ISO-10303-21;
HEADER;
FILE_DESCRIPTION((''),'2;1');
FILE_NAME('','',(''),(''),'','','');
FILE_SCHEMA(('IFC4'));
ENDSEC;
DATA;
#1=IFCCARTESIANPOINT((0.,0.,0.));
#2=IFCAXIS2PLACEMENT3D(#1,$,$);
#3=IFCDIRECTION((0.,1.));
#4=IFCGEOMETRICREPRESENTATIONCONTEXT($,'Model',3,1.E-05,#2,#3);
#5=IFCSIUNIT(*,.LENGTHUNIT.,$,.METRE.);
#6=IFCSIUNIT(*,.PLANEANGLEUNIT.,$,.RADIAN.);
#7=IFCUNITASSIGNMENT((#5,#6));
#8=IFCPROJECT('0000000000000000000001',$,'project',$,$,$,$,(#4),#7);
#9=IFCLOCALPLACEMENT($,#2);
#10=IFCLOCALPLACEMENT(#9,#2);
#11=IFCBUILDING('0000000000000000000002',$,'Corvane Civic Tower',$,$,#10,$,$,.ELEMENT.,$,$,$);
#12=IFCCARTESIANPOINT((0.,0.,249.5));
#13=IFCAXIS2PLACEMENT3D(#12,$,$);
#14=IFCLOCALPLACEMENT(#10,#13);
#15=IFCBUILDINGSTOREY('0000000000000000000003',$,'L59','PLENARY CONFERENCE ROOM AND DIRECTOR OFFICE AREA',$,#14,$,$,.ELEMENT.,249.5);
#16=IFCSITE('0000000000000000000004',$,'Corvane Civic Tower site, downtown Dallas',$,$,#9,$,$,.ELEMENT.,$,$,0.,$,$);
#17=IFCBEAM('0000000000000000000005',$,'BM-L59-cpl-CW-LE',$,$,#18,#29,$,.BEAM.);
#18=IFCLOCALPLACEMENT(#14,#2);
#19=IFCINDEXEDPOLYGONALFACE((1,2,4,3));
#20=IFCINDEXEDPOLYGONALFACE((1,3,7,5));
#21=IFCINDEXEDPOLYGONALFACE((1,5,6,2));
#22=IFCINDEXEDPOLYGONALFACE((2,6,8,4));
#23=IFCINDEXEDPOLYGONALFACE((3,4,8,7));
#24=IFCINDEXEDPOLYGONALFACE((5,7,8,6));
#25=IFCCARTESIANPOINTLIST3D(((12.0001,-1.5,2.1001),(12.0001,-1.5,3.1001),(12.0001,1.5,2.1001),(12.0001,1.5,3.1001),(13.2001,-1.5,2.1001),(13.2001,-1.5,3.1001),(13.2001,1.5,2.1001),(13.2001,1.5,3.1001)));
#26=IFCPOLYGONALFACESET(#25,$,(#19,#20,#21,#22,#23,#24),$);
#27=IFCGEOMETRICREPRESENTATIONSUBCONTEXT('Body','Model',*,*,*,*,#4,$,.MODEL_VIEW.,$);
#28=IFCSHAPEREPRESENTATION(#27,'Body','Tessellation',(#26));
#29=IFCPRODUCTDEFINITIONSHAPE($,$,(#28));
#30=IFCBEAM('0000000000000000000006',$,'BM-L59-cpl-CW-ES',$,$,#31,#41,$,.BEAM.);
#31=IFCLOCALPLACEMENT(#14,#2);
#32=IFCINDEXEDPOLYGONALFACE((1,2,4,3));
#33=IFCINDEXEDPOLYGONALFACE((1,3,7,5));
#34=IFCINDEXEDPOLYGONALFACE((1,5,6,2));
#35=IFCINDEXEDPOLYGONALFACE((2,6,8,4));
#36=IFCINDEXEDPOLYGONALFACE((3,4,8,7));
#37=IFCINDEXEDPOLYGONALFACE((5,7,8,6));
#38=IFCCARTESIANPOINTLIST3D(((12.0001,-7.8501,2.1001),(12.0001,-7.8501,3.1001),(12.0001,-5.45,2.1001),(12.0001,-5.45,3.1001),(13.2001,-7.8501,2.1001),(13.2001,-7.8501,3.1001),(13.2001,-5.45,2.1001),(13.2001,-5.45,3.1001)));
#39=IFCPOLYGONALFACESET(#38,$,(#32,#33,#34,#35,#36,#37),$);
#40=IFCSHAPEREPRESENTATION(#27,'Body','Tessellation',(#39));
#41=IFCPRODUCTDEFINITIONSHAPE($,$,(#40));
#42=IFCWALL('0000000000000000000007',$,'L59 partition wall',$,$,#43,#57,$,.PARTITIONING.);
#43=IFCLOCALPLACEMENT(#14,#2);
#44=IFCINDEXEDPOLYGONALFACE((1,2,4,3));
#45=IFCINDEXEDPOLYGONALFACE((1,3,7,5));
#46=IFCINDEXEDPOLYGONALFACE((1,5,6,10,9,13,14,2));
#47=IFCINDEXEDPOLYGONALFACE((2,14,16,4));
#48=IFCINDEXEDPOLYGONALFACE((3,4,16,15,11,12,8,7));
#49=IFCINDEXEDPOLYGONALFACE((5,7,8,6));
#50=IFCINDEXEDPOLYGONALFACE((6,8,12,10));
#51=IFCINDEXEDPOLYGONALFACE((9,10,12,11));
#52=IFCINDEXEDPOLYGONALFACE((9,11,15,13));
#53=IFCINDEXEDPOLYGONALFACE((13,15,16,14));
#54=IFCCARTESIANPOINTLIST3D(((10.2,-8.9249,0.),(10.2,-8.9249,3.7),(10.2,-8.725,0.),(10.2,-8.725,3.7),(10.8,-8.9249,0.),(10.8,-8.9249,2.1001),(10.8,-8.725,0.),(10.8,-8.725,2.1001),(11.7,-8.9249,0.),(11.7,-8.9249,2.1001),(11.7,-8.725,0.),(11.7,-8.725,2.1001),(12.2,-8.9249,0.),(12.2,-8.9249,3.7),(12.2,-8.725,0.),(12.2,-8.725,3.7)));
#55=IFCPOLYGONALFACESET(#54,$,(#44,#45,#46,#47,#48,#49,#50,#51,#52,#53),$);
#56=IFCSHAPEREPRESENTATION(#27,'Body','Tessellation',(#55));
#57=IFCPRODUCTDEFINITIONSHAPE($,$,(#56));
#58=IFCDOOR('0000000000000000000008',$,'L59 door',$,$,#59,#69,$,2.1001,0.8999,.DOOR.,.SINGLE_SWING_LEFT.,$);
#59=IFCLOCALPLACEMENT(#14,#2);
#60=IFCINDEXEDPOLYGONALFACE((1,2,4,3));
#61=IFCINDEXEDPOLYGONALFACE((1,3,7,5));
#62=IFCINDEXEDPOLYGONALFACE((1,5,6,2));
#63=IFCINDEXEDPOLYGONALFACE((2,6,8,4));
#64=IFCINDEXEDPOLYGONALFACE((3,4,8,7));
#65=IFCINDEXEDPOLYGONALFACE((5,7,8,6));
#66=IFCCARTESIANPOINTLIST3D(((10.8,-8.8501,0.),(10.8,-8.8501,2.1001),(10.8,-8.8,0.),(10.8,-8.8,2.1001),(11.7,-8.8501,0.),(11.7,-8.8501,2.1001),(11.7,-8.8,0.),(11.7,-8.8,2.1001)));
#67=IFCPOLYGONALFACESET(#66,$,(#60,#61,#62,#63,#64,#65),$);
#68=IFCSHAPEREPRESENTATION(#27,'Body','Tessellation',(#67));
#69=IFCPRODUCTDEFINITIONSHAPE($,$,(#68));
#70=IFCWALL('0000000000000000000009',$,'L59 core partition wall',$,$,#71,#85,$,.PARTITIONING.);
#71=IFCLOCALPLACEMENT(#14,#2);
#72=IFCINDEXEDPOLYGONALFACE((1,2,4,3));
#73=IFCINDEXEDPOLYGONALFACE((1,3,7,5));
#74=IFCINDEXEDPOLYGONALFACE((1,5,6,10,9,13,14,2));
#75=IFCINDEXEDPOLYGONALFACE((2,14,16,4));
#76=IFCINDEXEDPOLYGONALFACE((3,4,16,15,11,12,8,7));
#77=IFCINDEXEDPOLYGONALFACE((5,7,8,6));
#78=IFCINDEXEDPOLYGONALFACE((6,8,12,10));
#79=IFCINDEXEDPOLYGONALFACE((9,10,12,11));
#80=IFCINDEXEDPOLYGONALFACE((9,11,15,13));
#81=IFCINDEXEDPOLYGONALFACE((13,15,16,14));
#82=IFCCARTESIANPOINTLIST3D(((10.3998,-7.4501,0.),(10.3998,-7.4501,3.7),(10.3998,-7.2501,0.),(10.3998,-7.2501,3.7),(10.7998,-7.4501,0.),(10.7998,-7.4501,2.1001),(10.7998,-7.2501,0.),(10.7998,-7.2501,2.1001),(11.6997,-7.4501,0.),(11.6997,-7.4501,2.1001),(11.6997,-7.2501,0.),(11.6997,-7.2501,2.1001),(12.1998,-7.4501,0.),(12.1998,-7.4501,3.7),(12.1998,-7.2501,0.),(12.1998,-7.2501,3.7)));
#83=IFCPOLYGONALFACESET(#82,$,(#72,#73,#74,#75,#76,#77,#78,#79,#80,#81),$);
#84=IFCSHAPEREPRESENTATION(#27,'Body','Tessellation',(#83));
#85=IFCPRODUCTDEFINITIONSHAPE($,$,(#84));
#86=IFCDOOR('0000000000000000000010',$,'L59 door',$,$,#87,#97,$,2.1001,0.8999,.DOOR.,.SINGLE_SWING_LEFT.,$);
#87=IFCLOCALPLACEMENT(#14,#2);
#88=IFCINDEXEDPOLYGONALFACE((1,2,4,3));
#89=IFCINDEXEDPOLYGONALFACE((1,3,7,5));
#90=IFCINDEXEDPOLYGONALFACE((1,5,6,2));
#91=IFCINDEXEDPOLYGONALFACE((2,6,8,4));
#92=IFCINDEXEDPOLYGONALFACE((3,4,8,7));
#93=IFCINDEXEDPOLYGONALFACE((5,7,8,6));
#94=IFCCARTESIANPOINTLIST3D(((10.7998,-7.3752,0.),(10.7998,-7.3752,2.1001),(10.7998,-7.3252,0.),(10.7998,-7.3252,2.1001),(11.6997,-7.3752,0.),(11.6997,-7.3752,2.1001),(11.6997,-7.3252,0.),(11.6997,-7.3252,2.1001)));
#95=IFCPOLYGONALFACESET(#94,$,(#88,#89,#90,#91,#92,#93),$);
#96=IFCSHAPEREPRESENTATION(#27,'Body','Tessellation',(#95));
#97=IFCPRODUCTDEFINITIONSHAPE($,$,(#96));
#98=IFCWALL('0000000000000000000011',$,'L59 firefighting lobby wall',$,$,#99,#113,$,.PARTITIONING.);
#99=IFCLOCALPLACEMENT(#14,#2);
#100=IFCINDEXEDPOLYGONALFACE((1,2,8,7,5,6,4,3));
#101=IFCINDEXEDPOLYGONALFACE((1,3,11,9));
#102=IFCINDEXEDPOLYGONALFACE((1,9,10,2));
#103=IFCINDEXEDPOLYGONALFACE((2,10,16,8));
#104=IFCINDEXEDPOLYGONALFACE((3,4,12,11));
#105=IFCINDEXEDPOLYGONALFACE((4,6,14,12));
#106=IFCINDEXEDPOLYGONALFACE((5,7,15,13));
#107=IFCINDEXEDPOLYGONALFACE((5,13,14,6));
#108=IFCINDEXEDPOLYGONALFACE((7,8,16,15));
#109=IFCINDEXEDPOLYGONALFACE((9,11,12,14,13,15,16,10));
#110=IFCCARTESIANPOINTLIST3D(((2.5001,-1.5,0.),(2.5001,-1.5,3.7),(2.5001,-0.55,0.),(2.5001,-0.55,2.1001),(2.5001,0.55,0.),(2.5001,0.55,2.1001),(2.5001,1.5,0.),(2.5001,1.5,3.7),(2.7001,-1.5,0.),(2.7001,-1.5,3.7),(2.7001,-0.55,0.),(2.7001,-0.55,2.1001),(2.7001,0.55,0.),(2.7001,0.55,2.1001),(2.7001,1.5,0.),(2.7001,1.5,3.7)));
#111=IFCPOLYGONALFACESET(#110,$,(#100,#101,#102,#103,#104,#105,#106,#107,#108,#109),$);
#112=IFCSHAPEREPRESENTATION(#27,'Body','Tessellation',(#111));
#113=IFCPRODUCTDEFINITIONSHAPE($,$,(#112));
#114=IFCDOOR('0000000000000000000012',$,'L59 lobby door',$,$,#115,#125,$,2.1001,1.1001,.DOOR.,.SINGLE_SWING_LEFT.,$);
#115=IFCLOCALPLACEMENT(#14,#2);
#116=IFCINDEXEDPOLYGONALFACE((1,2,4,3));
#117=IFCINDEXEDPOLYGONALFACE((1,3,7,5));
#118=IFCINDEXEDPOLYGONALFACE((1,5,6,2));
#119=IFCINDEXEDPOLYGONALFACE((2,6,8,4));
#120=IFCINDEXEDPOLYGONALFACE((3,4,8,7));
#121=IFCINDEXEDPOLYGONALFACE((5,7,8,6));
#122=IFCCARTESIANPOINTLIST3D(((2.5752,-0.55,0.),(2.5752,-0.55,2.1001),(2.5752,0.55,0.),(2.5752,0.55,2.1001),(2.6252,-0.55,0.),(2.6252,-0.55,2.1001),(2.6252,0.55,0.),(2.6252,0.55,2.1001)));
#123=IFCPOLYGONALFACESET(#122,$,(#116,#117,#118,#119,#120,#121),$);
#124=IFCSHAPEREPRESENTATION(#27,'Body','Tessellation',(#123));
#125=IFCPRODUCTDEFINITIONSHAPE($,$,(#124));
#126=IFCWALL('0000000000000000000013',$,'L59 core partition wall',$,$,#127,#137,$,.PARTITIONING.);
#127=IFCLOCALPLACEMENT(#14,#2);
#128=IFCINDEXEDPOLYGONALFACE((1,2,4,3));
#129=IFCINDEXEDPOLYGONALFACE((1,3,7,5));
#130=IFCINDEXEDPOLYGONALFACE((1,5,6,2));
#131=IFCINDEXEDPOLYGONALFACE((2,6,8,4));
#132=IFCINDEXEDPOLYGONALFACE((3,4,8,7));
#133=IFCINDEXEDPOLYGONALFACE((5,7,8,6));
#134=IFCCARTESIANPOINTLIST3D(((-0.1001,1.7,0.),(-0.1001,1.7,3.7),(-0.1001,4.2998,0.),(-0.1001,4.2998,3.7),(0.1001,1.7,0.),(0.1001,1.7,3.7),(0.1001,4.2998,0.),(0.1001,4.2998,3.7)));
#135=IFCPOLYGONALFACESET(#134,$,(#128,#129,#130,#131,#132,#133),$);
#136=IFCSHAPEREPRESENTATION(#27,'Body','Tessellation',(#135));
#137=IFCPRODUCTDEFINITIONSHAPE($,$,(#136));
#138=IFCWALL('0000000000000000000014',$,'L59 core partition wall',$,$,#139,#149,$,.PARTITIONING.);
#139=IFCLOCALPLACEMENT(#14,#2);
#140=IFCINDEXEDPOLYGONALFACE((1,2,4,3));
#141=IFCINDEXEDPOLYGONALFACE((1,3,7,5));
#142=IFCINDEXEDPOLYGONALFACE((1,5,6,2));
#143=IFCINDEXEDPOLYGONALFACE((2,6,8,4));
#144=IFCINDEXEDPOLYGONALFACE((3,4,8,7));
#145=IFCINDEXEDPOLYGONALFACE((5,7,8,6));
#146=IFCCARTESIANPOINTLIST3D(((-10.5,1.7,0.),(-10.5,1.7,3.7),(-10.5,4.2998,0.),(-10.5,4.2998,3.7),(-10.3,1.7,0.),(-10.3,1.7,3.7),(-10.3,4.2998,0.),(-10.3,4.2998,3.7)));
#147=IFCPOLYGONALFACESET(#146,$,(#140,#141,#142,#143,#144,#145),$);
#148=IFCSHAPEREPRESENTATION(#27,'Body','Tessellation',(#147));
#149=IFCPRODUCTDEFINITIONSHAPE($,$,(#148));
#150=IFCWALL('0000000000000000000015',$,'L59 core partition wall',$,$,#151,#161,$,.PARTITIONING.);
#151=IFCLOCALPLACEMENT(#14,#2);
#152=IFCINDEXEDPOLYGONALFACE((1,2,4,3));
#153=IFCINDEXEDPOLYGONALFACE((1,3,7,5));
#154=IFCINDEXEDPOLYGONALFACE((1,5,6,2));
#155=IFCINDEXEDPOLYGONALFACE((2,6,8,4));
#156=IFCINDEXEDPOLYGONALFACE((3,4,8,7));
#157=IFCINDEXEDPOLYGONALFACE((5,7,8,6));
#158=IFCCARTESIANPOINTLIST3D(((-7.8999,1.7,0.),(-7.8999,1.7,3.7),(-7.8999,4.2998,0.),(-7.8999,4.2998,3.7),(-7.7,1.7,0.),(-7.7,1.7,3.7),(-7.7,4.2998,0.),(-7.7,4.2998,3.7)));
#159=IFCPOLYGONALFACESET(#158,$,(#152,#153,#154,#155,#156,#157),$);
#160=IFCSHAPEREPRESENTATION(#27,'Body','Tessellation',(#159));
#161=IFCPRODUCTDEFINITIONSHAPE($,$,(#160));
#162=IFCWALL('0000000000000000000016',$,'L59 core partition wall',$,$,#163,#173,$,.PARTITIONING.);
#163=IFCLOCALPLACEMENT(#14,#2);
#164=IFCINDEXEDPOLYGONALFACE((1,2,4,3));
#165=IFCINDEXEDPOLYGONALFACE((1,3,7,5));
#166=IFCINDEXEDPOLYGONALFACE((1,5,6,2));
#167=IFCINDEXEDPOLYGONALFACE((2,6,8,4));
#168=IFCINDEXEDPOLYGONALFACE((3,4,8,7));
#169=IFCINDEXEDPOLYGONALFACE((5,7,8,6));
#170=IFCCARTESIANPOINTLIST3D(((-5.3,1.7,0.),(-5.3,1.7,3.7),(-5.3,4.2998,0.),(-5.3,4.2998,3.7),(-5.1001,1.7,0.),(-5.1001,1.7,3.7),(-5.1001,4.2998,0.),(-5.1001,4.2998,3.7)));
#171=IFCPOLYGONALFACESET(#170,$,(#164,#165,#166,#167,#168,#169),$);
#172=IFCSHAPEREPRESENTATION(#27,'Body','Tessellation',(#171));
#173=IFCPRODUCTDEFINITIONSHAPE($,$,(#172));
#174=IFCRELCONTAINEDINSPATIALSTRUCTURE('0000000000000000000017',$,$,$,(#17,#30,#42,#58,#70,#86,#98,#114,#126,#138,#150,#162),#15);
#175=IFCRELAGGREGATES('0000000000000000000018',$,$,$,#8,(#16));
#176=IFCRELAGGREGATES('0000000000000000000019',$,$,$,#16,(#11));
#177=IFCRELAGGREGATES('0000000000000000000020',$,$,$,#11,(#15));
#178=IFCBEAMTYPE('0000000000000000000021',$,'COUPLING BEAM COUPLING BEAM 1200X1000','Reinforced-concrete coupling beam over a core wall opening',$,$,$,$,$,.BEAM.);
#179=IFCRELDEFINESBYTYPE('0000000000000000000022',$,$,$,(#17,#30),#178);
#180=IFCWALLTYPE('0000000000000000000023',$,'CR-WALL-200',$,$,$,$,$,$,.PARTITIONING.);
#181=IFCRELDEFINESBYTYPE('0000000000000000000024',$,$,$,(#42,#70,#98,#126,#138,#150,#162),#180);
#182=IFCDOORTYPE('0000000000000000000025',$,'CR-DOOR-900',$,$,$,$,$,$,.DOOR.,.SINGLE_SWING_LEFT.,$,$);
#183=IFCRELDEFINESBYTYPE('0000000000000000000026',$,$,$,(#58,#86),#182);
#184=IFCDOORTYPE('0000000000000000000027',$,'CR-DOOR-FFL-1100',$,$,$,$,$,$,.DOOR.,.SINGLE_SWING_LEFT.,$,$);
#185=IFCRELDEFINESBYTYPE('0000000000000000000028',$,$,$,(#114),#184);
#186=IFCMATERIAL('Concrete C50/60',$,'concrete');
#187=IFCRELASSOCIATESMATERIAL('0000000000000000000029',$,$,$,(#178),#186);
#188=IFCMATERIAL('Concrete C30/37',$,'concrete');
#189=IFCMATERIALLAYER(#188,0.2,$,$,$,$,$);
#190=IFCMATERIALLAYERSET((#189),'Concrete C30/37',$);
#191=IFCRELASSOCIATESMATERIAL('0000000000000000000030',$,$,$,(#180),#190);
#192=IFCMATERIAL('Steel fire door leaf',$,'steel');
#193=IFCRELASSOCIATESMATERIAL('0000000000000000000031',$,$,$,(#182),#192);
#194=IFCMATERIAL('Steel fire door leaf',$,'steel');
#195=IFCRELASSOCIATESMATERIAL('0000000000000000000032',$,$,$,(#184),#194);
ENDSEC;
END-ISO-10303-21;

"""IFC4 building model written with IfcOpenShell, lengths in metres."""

from ifc_helpers import new_model, si_unit, direction, frame, frame_2d, origin, origin_2d, place, context, subcontext, project, spatial, polyline, rectangle, outline, extrude, material, layer, layer_set, material_profile, profile_set, type_object, element, fill, save


model = new_model("IFC4")

# Units and contexts
model_context = context("Model", 3, precision=1e-05, world=origin(), true_north=direction((0.0, 1.0)))
body_context = subcontext(model_context, "Body", "Model", "MODEL_VIEW")
ifc_project = project(units=[si_unit("LENGTHUNIT", "METRE"), si_unit("PLANEANGLEUNIT", "RADIAN")], contexts=[model_context])

# Site, building, storey
site_placement = place(None, origin())
site = spatial("IfcSite", under=ifc_project, at=site_placement, Name="Corvane Civic Tower site, downtown Dallas", CompositionType="ELEMENT", RefElevation=0.0)
building_placement = place(site_placement, origin())
building = spatial("IfcBuilding", under=site, at=building_placement, Name="Corvane Civic Tower", CompositionType="ELEMENT")
storey_placement = place(building_placement, frame((0.0, 0.0, 249.5)))
storey = spatial("IfcBuildingStorey", under=building, at=storey_placement, Name="L59", Description="PLENARY CONFERENCE ROOM AND DIRECTOR OFFICE AREA", CompositionType="ELEMENT", Elevation=249.5)

# Beams
ifc_material_1 = material(Name="Concrete C50/60", Category="concrete")
ifc_material_profile = material_profile(ifc_material_1, rectangle(XDim=1.2, YDim=1.0, at=origin_2d()), Name="COUPLING BEAM 1200X1000")
ifc_profile_set = profile_set([ifc_material_profile], Name="Concrete C50/60")
beam_type = type_object("IfcBeamType", Name="COUPLING BEAM COUPLING BEAM 1200X1000", Description="Reinforced-concrete coupling beam over a core wall opening", PredefinedType="BEAM", material=ifc_profile_set)
beam_1_placement = place(storey_placement, frame((12.6001, -1.5, 2.6001), z_axis=(0.0, 1.0, 0.0), x_axis=(-1.0, 0.0, 0.0)))
element("IfcBeam", 1, at=beam_1_placement, inside=storey, type_object=beam_type, Name="BM-L59-cpl-CW-LE", PredefinedType="BEAM", context=body_context, shape_type="SweptSolid", body=[
    extrude(rectangle(XDim=1.2, YDim=1.0, at=origin_2d()), origin(), (0.0, 0.0, 1.0), 3.0),
])
beam_2_placement = place(storey_placement, frame((12.6001, -7.8501, 2.6001), z_axis=(0.0, 1.0, 0.0), x_axis=(-1.0, 0.0, 0.0)))
element("IfcBeam", 2, at=beam_2_placement, inside=storey, type_object=beam_type, Name="BM-L59-cpl-CW-ES", PredefinedType="BEAM", context=body_context, shape_type="SweptSolid", body=[
    extrude(rectangle(XDim=1.2, YDim=1.0, at=origin_2d()), origin(), (0.0, 0.0, 1.0), 2.4001),
])

# Walls, openings, doors
ifc_material_2 = material(Name="Concrete C30/37", Category="concrete")
ifc_layer_1 = layer(ifc_material_2, 0.2)
ifc_layer_set_1 = layer_set([ifc_layer_1], Name="Concrete C30/37")
wall_type_1 = type_object("IfcWallType", Name="CR-WALL-200", PredefinedType="PARTITIONING", material=ifc_layer_set_1)
wall_1_placement = place(storey_placement, frame((10.2, -8.825, 0.0), z_axis=(0.0, 0.0, 1.0), x_axis=(1.0, 0.0, 0.0)))
wall_1 = element("IfcWall", 3, at=wall_1_placement, inside=storey, type_object=wall_type_1, Name="L59 partition wall", PredefinedType="PARTITIONING", context=body_context, shape_type="SweptSolid", body=[
    extrude(rectangle(XDim=2.0, YDim=0.2, at=frame_2d((1.0, 0.0))), origin(), (0.0, 0.0, 1.0), 3.7),
])
opening_1_placement = place(wall_1_placement, frame((0.6001, 0.0, 0.0)))
opening_1 = element("IfcOpeningElement", 4, at=opening_1_placement, cuts=wall_1, PredefinedType="OPENING", context=body_context, shape_type="SweptSolid", body=[
    extrude(rectangle(XDim=0.8999, YDim=2.1001, at=frame_2d((0.45, 1.05))), frame((0.0, 0.1099, 0.0), z_axis=(0.0, -1.0, 0.0), x_axis=(1.0, 0.0, 0.0)), (0.0, 0.0, 1.0), 0.22),
])
ifc_material_3 = material(Name="Steel fire door leaf", Category="steel")
door_type_1 = type_object("IfcDoorType", Name="CR-DOOR-900", OperationType="SINGLE_SWING_LEFT", PredefinedType="DOOR", material=ifc_material_3)
door_1_placement = place(opening_1_placement, origin())
door_1 = element("IfcDoor", 5, at=door_1_placement, inside=storey, type_object=door_type_1, Name="L59 door", OperationType="SINGLE_SWING_LEFT", OverallHeight=2.1001, OverallWidth=0.8999, PredefinedType="DOOR", context=body_context, shape_type="SweptSolid", body=[
    extrude(rectangle(XDim=0.8999, YDim=2.1001, at=frame_2d((0.45, 1.05))), frame((0.0, 0.0249, 0.0), z_axis=(0.0, -1.0, 0.0), x_axis=(1.0, 0.0, 0.0)), (0.0, 0.0, 1.0), 0.05),
])
fill(opening_1, door_1)
wall_2_placement = place(storey_placement, frame((10.3999, -7.3501, 0.0), z_axis=(0.0, 0.0, 1.0), x_axis=(1.0, 0.0, 0.0)))
wall_2 = element("IfcWall", 6, at=wall_2_placement, inside=storey, type_object=wall_type_1, Name="L59 core partition wall", PredefinedType="PARTITIONING", context=body_context, shape_type="SweptSolid", body=[
    extrude(rectangle(XDim=1.8, YDim=0.2, at=frame_2d((0.8999, 0.0))), origin(), (0.0, 0.0, 1.0), 3.7),
])
opening_2_placement = place(wall_2_placement, frame((0.3999, 0.0, 0.0)))
opening_2 = element("IfcOpeningElement", 7, at=opening_2_placement, cuts=wall_2, PredefinedType="OPENING", context=body_context, shape_type="SweptSolid", body=[
    extrude(rectangle(XDim=0.8999, YDim=2.1001, at=frame_2d((0.45, 1.05))), frame((0.0, 0.1099, 0.0), z_axis=(0.0, -1.0, 0.0), x_axis=(1.0, 0.0, 0.0)), (0.0, 0.0, 1.0), 0.22),
])
door_2_placement = place(opening_2_placement, origin())
door_2 = element("IfcDoor", 8, at=door_2_placement, inside=storey, type_object=door_type_1, Name="L59 door", OperationType="SINGLE_SWING_LEFT", OverallHeight=2.1001, OverallWidth=0.8999, PredefinedType="DOOR", context=body_context, shape_type="SweptSolid", body=[
    extrude(rectangle(XDim=0.8999, YDim=2.1001, at=frame_2d((0.45, 1.05))), frame((0.0, 0.0249, 0.0), z_axis=(0.0, -1.0, 0.0), x_axis=(1.0, 0.0, 0.0)), (0.0, 0.0, 1.0), 0.05),
])
fill(opening_2, door_2)
wall_3_placement = place(storey_placement, frame((2.6001, -1.5, 0.0), z_axis=(0.0, 0.0, 1.0), x_axis=(0.0, 1.0, 0.0)))
wall_3 = element("IfcWall", 9, at=wall_3_placement, inside=storey, type_object=wall_type_1, Name="L59 firefighting lobby wall", PredefinedType="PARTITIONING", context=body_context, shape_type="SweptSolid", body=[
    extrude(rectangle(XDim=3.0, YDim=0.2, at=frame_2d((1.5, 0.0))), origin(), (0.0, 0.0, 1.0), 3.7),
])
opening_3_placement = place(wall_3_placement, frame((0.95, 0.0, 0.0)))
opening_3 = element("IfcOpeningElement", 10, at=opening_3_placement, cuts=wall_3, PredefinedType="OPENING", context=body_context, shape_type="SweptSolid", body=[
    extrude(rectangle(XDim=1.1001, YDim=2.1001, at=frame_2d((0.55, 1.05))), frame((0.0, 0.1099, 0.0), z_axis=(0.0, -1.0, 0.0), x_axis=(1.0, 0.0, 0.0)), (0.0, 0.0, 1.0), 0.22),
])
ifc_material_4 = material(Name="Steel fire door leaf", Category="steel")
door_type_2 = type_object("IfcDoorType", Name="CR-DOOR-FFL-1100", OperationType="SINGLE_SWING_LEFT", PredefinedType="DOOR", material=ifc_material_4)
door_3_placement = place(opening_3_placement, origin())
door_3 = element("IfcDoor", 11, at=door_3_placement, inside=storey, type_object=door_type_2, Name="L59 lobby door", OperationType="SINGLE_SWING_LEFT", OverallHeight=2.1001, OverallWidth=1.1001, PredefinedType="DOOR", context=body_context, shape_type="SweptSolid", body=[
    extrude(rectangle(XDim=1.1001, YDim=2.1001, at=frame_2d((0.55, 1.05))), frame((0.0, 0.0249, 0.0), z_axis=(0.0, -1.0, 0.0), x_axis=(1.0, 0.0, 0.0)), (0.0, 0.0, 1.0), 0.05),
])
fill(opening_3, door_3)

# Walls
wall_4_placement = place(storey_placement, origin())
element("IfcWall", 12, at=wall_4_placement, inside=storey, type_object=wall_type_1, Name="L59 core partition wall", PredefinedType="PARTITIONING", context=body_context, shape_type="SweptSolid", body=[
    extrude(outline(polyline([(0.1001, 1.7), (-0.1001, 1.7), (-0.1001, 4.2998), (0.1001, 4.2998), (0.1001, 1.7)])), origin(), (0.0, 0.0, 1.0), 3.7),
])
wall_5_placement = place(storey_placement, origin())
element("IfcWall", 13, at=wall_5_placement, inside=storey, type_object=wall_type_1, Name="L59 core partition wall", PredefinedType="PARTITIONING", context=body_context, shape_type="SweptSolid", body=[
    extrude(outline(polyline([(-10.3, 1.7), (-10.5, 1.7), (-10.5, 4.2998), (-10.3, 4.2998), (-10.3, 1.7)])), origin(), (0.0, 0.0, 1.0), 3.7),
])
wall_6_placement = place(storey_placement, origin())
element("IfcWall", 14, at=wall_6_placement, inside=storey, type_object=wall_type_1, Name="L59 core partition wall", PredefinedType="PARTITIONING", context=body_context, shape_type="SweptSolid", body=[
    extrude(outline(polyline([(-7.7, 1.7), (-7.8999, 1.7), (-7.8999, 4.2998), (-7.7, 4.2998), (-7.7, 1.7)])), origin(), (0.0, 0.0, 1.0), 3.7),
])
wall_7_placement = place(storey_placement, origin())
element("IfcWall", 15, at=wall_7_placement, inside=storey, type_object=wall_type_1, Name="L59 core partition wall", PredefinedType="PARTITIONING", context=body_context, shape_type="SweptSolid", body=[
    extrude(outline(polyline([(-5.1001, 1.7), (-5.3, 1.7), (-5.3, 4.2998), (-5.1001, 4.2998), (-5.1001, 1.7)])), origin(), (0.0, 0.0, 1.0), 3.7),
])

save(model, "model.ifc")
